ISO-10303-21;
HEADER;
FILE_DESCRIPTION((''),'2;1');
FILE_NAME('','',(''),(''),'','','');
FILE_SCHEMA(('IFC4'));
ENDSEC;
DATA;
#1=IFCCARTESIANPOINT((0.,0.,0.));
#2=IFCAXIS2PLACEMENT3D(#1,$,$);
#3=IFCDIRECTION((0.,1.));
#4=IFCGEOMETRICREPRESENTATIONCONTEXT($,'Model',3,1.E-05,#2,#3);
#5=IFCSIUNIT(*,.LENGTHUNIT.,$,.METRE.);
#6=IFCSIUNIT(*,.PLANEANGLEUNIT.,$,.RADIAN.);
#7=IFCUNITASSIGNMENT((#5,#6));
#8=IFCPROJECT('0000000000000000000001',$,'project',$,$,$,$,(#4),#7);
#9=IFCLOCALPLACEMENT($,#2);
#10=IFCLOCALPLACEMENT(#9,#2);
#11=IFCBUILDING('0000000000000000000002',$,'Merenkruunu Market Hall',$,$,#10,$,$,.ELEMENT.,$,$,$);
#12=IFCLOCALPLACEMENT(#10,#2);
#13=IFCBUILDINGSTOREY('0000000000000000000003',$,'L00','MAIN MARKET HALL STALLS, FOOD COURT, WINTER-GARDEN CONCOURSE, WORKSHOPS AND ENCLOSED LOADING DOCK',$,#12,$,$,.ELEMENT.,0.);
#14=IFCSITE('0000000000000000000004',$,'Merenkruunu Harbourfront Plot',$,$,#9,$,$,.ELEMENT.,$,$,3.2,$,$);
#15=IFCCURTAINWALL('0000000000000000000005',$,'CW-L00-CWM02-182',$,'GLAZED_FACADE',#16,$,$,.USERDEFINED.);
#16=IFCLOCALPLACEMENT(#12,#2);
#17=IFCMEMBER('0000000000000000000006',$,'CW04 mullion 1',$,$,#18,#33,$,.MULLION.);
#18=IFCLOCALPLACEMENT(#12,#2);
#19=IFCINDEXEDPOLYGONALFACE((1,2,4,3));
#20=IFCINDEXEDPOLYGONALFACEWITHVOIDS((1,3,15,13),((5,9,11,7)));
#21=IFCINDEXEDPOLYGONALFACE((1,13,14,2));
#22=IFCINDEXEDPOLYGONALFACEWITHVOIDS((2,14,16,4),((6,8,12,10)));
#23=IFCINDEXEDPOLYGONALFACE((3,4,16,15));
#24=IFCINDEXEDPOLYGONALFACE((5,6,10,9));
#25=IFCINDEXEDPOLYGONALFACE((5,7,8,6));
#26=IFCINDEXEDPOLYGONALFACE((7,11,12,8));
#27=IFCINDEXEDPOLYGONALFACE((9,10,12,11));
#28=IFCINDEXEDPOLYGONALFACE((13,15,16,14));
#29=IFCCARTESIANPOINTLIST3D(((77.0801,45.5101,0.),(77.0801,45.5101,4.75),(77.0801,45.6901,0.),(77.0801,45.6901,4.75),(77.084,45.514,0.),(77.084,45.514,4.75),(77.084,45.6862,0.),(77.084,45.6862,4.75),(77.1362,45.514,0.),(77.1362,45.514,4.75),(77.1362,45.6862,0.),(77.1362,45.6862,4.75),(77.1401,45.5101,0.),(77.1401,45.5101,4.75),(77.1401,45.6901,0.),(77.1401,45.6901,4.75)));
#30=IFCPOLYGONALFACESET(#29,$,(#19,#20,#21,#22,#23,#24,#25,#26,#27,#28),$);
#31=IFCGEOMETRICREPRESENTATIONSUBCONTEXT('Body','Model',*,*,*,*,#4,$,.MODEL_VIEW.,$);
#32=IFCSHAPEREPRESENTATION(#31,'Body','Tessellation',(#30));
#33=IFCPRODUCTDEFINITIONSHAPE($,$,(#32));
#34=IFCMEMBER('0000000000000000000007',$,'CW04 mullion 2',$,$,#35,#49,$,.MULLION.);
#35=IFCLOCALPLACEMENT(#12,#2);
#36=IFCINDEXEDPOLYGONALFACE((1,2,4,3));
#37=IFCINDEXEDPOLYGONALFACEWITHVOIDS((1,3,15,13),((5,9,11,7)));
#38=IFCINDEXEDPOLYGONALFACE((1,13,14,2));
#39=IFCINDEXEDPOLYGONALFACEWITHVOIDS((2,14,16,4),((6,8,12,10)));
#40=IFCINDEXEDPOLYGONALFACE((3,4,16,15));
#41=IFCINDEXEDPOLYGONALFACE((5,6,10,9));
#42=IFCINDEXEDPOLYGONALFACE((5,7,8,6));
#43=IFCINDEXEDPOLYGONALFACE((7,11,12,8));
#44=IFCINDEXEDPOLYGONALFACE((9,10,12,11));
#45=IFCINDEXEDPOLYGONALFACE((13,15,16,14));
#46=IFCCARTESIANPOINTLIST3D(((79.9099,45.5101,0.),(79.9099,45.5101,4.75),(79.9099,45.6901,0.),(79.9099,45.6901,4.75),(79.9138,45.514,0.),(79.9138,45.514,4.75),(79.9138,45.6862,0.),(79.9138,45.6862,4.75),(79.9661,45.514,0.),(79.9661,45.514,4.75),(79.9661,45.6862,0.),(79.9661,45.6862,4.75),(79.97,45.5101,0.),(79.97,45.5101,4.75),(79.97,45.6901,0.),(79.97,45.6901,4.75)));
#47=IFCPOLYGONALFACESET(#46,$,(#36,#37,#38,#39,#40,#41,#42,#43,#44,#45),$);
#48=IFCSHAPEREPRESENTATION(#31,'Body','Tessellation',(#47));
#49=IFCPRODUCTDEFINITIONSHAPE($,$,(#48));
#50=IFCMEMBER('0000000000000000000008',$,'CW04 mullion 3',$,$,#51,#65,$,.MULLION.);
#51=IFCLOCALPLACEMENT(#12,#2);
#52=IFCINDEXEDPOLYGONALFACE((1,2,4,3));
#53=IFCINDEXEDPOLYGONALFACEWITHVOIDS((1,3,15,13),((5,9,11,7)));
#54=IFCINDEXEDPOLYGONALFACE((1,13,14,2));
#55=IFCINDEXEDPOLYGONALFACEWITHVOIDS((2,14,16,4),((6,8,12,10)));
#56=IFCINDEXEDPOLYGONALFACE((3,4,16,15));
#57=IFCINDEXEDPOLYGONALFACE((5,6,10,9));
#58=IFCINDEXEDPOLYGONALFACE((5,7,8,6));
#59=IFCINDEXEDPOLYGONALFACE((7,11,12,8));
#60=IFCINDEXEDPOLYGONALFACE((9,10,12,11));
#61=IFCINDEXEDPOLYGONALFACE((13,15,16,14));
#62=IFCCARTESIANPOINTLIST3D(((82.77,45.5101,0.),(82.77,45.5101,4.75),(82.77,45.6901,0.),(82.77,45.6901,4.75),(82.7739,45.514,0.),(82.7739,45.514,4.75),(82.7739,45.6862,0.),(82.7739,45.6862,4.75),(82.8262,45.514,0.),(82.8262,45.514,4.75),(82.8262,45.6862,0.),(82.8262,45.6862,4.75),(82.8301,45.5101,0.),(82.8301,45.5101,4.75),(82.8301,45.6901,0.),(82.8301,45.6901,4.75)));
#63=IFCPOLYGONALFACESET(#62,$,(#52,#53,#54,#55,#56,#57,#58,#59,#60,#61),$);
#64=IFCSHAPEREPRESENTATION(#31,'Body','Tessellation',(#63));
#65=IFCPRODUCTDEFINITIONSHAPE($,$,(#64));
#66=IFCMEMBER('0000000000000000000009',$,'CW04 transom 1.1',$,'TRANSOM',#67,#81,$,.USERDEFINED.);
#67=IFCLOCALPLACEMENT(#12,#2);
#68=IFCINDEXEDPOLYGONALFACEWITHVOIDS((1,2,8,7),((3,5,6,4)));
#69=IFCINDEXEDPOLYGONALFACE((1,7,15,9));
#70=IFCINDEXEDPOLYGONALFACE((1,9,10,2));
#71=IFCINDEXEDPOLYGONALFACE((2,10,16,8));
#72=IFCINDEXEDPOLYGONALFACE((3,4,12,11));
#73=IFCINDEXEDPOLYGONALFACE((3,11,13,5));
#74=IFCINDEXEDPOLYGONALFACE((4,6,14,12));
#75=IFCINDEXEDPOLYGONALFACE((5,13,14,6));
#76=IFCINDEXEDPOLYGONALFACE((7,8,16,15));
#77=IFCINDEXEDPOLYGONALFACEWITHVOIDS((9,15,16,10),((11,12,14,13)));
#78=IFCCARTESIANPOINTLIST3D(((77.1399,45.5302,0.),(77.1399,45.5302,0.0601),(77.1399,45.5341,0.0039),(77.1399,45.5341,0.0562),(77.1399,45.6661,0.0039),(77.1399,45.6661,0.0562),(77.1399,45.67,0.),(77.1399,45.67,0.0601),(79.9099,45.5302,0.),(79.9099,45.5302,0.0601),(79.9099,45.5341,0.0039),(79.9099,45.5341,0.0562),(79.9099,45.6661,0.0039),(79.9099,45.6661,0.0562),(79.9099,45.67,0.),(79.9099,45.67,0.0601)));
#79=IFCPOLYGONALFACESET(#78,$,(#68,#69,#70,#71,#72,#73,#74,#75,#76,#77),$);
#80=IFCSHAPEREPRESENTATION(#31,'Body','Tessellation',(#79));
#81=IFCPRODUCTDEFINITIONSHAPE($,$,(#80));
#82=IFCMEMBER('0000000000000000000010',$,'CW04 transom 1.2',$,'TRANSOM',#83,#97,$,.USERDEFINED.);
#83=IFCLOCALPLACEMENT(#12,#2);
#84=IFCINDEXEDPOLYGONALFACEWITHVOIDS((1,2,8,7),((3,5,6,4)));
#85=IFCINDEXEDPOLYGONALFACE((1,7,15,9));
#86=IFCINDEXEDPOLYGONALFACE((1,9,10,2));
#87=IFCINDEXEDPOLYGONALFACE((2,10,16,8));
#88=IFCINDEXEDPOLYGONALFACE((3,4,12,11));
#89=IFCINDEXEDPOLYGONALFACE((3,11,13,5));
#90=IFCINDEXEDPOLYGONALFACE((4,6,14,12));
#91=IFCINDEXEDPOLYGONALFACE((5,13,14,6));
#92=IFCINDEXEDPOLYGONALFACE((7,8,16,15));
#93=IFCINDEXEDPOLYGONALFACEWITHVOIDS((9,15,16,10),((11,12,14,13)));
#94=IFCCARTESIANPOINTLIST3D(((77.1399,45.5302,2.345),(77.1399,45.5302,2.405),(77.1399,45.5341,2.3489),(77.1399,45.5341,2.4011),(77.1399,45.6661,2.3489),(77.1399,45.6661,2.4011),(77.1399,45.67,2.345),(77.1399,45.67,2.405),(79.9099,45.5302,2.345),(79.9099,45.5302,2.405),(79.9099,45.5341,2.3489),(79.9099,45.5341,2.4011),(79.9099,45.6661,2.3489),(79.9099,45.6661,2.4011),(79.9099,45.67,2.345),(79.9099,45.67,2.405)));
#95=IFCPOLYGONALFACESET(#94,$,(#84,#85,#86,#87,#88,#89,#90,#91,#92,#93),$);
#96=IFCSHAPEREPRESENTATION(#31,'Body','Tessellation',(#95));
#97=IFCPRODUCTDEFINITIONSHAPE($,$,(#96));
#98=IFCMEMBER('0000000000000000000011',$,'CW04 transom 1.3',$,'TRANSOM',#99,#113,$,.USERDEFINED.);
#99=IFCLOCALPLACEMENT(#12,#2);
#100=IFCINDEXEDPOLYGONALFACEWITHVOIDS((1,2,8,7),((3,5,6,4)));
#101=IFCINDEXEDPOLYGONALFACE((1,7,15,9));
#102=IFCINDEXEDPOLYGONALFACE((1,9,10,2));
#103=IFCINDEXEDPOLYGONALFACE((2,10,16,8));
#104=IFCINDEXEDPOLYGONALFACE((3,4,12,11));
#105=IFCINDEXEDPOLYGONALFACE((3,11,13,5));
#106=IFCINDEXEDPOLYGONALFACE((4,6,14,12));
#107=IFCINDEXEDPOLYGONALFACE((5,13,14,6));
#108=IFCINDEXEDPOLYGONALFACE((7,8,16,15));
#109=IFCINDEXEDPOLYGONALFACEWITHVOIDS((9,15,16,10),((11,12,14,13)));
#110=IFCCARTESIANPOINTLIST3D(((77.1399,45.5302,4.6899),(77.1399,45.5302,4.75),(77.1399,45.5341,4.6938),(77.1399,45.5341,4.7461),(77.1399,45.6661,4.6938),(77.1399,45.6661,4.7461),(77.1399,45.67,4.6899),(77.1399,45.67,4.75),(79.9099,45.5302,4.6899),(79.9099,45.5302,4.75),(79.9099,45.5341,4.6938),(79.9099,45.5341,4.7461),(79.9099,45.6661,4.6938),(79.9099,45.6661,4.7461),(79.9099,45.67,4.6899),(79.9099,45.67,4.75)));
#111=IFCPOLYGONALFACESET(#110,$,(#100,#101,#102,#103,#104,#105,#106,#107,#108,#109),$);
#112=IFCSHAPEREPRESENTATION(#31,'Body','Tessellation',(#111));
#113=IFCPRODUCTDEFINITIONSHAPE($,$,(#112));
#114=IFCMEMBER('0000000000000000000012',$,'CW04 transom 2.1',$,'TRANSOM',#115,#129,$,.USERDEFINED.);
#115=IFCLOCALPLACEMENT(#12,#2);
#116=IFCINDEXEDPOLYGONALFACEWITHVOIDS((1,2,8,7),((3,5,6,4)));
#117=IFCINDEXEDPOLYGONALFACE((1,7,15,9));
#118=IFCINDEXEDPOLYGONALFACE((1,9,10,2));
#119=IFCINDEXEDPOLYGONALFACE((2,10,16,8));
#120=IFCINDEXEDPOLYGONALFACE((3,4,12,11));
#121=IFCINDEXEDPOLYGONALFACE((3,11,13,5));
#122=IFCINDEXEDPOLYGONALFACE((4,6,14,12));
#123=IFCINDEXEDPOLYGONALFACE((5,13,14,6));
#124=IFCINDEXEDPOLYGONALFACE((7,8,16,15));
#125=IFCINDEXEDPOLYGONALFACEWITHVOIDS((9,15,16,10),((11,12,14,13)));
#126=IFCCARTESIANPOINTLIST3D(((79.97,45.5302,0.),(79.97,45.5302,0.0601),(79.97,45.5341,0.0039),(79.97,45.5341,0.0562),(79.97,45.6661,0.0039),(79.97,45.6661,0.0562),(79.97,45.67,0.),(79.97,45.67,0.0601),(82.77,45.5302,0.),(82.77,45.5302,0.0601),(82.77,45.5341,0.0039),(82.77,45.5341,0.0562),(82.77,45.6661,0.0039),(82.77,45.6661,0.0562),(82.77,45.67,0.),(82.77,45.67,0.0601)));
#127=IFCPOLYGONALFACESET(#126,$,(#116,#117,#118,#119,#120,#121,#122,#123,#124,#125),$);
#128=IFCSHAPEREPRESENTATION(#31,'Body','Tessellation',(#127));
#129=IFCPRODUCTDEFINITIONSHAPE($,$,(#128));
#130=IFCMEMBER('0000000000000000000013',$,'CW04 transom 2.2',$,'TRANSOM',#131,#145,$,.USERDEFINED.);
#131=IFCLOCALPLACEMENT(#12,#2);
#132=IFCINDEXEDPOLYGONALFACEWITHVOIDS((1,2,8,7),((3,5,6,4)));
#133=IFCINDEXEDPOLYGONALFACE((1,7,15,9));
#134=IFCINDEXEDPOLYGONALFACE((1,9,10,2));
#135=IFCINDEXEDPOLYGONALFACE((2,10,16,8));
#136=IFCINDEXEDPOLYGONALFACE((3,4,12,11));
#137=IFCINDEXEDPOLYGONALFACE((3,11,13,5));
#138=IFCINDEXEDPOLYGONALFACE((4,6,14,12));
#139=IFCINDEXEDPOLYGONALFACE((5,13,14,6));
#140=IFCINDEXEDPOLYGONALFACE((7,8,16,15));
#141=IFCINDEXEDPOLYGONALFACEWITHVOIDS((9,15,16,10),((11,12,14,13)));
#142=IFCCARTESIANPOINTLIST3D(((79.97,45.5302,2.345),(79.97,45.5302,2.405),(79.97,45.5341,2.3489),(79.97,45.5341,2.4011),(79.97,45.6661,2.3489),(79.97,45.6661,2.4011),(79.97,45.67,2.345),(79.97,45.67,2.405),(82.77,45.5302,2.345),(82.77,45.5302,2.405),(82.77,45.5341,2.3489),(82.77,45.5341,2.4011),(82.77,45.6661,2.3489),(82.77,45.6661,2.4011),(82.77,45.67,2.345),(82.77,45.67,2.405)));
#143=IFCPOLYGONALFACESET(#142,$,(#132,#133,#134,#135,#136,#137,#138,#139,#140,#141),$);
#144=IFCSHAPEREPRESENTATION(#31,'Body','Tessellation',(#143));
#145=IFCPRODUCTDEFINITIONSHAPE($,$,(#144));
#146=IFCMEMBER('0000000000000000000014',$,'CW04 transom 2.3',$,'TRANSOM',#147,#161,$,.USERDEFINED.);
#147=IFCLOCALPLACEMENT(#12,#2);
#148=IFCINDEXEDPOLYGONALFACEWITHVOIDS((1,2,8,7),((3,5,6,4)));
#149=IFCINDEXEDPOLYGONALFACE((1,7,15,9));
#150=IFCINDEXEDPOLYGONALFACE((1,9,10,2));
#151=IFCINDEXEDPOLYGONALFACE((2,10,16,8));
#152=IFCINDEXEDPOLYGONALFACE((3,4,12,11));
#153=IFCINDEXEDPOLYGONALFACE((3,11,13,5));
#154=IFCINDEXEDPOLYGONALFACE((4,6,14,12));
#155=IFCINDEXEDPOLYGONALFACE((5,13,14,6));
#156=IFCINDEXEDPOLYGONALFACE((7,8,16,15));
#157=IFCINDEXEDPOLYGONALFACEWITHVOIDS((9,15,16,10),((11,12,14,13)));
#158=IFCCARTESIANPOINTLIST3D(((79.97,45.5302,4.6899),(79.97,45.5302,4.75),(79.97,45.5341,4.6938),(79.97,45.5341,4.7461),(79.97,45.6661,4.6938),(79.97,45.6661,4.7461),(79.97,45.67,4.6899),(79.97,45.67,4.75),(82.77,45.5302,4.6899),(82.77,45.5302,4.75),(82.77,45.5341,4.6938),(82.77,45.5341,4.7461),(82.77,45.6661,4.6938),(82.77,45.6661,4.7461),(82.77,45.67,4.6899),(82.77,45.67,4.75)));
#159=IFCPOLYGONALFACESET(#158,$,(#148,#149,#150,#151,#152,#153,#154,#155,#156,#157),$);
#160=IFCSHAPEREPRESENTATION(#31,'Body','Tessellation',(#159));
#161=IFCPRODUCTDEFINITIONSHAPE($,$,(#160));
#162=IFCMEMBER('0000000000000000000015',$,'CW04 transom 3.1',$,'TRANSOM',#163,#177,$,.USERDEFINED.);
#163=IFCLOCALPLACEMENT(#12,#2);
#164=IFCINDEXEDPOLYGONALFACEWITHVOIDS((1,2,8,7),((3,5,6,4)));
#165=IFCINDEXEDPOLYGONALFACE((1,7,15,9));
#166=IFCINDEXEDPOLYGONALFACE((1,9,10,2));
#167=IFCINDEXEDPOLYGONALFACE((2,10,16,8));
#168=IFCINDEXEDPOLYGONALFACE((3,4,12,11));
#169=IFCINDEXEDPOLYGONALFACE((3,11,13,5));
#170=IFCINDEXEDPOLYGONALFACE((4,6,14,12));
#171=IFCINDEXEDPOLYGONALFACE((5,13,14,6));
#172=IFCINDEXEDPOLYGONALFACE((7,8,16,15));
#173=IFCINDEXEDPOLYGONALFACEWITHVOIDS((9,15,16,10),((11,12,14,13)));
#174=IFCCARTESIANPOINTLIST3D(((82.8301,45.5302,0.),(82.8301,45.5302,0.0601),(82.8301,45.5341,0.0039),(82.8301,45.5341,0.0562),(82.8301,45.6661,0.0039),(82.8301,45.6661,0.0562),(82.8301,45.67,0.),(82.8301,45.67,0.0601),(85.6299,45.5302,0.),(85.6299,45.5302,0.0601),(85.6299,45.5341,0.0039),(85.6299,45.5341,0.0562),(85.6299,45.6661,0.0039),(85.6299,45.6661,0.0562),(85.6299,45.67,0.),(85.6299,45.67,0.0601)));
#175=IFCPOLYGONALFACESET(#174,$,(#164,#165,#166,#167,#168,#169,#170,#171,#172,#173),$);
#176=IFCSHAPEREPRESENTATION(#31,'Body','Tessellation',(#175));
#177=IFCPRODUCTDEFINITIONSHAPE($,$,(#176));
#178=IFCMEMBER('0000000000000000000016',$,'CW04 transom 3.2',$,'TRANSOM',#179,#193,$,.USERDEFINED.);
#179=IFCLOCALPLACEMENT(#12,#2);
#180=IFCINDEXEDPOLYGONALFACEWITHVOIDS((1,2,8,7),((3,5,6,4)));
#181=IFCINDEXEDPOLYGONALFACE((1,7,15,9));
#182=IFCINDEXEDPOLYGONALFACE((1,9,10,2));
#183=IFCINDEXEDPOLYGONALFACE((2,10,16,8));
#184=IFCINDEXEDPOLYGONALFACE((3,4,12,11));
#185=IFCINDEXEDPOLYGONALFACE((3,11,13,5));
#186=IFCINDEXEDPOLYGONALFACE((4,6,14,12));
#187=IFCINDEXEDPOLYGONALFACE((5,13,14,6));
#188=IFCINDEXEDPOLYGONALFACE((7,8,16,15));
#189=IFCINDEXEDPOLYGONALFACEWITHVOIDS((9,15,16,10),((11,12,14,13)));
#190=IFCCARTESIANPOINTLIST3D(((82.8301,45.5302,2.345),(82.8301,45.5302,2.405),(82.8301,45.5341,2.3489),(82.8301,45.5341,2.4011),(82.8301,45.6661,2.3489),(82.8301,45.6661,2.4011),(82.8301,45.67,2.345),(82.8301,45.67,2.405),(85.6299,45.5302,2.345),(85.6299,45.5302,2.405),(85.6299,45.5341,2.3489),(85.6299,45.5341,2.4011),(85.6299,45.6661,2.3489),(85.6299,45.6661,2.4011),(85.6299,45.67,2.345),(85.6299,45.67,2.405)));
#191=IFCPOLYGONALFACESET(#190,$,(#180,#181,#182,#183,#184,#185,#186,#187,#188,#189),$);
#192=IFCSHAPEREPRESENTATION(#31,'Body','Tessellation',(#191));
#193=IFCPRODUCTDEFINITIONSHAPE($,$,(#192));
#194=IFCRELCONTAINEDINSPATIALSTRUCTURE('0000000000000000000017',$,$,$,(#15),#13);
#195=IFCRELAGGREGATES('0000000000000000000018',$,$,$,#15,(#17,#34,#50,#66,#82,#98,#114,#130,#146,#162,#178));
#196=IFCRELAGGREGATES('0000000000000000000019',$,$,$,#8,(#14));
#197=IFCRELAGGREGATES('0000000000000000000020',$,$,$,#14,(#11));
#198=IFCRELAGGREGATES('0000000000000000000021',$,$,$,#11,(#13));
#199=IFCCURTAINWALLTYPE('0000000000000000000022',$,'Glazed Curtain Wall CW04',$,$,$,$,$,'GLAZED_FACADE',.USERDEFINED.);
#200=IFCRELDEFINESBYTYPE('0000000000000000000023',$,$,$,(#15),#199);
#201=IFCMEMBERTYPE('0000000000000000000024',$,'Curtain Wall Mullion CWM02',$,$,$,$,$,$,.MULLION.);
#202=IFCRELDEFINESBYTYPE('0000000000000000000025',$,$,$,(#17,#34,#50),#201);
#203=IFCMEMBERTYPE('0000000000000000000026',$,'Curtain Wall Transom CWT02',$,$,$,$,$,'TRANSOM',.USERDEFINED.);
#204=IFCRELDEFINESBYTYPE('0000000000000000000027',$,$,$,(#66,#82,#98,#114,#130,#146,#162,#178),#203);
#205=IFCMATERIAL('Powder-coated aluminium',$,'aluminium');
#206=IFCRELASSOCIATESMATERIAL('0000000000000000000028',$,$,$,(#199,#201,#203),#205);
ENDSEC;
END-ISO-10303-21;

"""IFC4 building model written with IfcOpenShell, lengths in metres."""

from ifc_helpers import new_model, si_unit, direction, frame, origin, origin_2d, place, context, subcontext, project, spatial, hollow_rectangle, extrude, material, material_profile, profile_set, type_object, element, aggregate, save


model = new_model("IFC4")

# Units and contexts
model_context = context("Model", 3, precision=1e-05, world=origin(), true_north=direction((0.0, 1.0)))
body_context = subcontext(model_context, "Body", "Model", "MODEL_VIEW")
ifc_project = project(units=[si_unit("LENGTHUNIT", "METRE"), si_unit("PLANEANGLEUNIT", "RADIAN")], contexts=[model_context])

# Site, building, storey
site_placement = place(None, origin())
site = spatial("IfcSite", under=ifc_project, at=site_placement, Name="Merenkruunu Harbourfront Plot", CompositionType="ELEMENT", RefElevation=3.2)
building_placement = place(site_placement, origin())
building = spatial("IfcBuilding", under=site, at=building_placement, Name="Merenkruunu Market Hall", CompositionType="ELEMENT")
storey_placement = place(building_placement, origin())
storey = spatial("IfcBuildingStorey", under=building, at=storey_placement, Name="L00", Description="MAIN MARKET HALL STALLS, FOOD COURT, WINTER-GARDEN CONCOURSE, WORKSHOPS AND ENCLOSED LOADING DOCK", CompositionType="ELEMENT", Elevation=0.0)

# Curtain wall, members
ifc_material_1 = material(Name="Powder-coated aluminium", Category="aluminium")
curtain_wall_type = type_object("IfcCurtainWallType", Name="Glazed Curtain Wall CW04", ElementType="GLAZED_FACADE", PredefinedType="USERDEFINED", material=ifc_material_1)
curtain_wall_placement = place(storey_placement, origin())
curtain_wall = element("IfcCurtainWall", 1, at=curtain_wall_placement, inside=storey, type_object=curtain_wall_type, Name="CW-L00-CWM02-182", ObjectType="GLAZED_FACADE", PredefinedType="USERDEFINED")
ifc_material_profile_1 = material_profile(ifc_material_1, hollow_rectangle(XDim=0.0601, YDim=0.1799, WallThickness=0.0039, at=origin_2d()), Name="ALU 60x180x4")
ifc_profile_set_1 = profile_set([ifc_material_profile_1], Name="Powder-coated aluminium")
member_type_1 = type_object("IfcMemberType", Name="Curtain Wall Mullion CWM02", PredefinedType="MULLION", material=ifc_profile_set_1)
member_1_placement = place(storey_placement, frame((77.1101, 45.6001, 0.0), z_axis=(0.0, 0.0, 1.0), x_axis=(1.0, 0.0, 0.0)))
member_1 = element("IfcMember", 2, at=member_1_placement, type_object=member_type_1, Name="CW04 mullion 1", PredefinedType="MULLION", context=body_context, shape_type="SweptSolid", body=[
    extrude(hollow_rectangle(XDim=0.0601, YDim=0.1799, WallThickness=0.0039, at=origin_2d()), origin(), (0.0, 0.0, 1.0), 4.75),
])
member_2_placement = place(storey_placement, frame((79.9399, 45.6001, 0.0), z_axis=(0.0, 0.0, 1.0), x_axis=(1.0, 0.0, 0.0)))
member_2 = element("IfcMember", 3, at=member_2_placement, type_object=member_type_1, Name="CW04 mullion 2", PredefinedType="MULLION", context=body_context, shape_type="SweptSolid", body=[
    extrude(hollow_rectangle(XDim=0.0601, YDim=0.1799, WallThickness=0.0039, at=origin_2d()), origin(), (0.0, 0.0, 1.0), 4.75),
])
member_3_placement = place(storey_placement, frame((82.8, 45.6001, 0.0), z_axis=(0.0, 0.0, 1.0), x_axis=(1.0, 0.0, 0.0)))
member_3 = element("IfcMember", 4, at=member_3_placement, type_object=member_type_1, Name="CW04 mullion 3", PredefinedType="MULLION", context=body_context, shape_type="SweptSolid", body=[
    extrude(hollow_rectangle(XDim=0.0601, YDim=0.1799, WallThickness=0.0039, at=origin_2d()), origin(), (0.0, 0.0, 1.0), 4.75),
])
ifc_material_profile_2 = material_profile(ifc_material_1, hollow_rectangle(XDim=0.0601, YDim=0.1399, WallThickness=0.0039, at=origin_2d()), Name="ALU 60x140x4")
ifc_profile_set_2 = profile_set([ifc_material_profile_2], Name="Powder-coated aluminium")
member_type_2 = type_object("IfcMemberType", Name="Curtain Wall Transom CWT02", ElementType="TRANSOM", PredefinedType="USERDEFINED", material=ifc_profile_set_2)
member_4_placement = place(storey_placement, frame((77.1399, 45.6001, 0.03), z_axis=(1.0, 0.0, 0.0), x_axis=(0.0, 0.0, 1.0)))
member_4 = element("IfcMember", 5, at=member_4_placement, type_object=member_type_2, Name="CW04 transom 1.1", ObjectType="TRANSOM", PredefinedType="USERDEFINED", context=body_context, shape_type="SweptSolid", body=[
    extrude(hollow_rectangle(XDim=0.0601, YDim=0.1399, WallThickness=0.0039, at=origin_2d()), origin(), (0.0, 0.0, 1.0), 2.77),
])
member_5_placement = place(storey_placement, frame((77.1399, 45.6001, 2.375), z_axis=(1.0, 0.0, 0.0), x_axis=(0.0, 0.0, 1.0)))
member_5 = element("IfcMember", 6, at=member_5_placement, type_object=member_type_2, Name="CW04 transom 1.2", ObjectType="TRANSOM", PredefinedType="USERDEFINED", context=body_context, shape_type="SweptSolid", body=[
    extrude(hollow_rectangle(XDim=0.0601, YDim=0.1399, WallThickness=0.0039, at=origin_2d()), origin(), (0.0, 0.0, 1.0), 2.77),
])
member_6_placement = place(storey_placement, frame((77.1399, 45.6001, 4.72), z_axis=(1.0, 0.0, 0.0), x_axis=(0.0, 0.0, 1.0)))
member_6 = element("IfcMember", 7, at=member_6_placement, type_object=member_type_2, Name="CW04 transom 1.3", ObjectType="TRANSOM", PredefinedType="USERDEFINED", context=body_context, shape_type="SweptSolid", body=[
    extrude(hollow_rectangle(XDim=0.0601, YDim=0.1399, WallThickness=0.0039, at=origin_2d()), origin(), (0.0, 0.0, 1.0), 2.77),
])
member_7_placement = place(storey_placement, frame((79.97, 45.6001, 0.03), z_axis=(1.0, 0.0, 0.0), x_axis=(0.0, 0.0, 1.0)))
member_7 = element("IfcMember", 8, at=member_7_placement, type_object=member_type_2, Name="CW04 transom 2.1", ObjectType="TRANSOM", PredefinedType="USERDEFINED", context=body_context, shape_type="SweptSolid", body=[
    extrude(hollow_rectangle(XDim=0.0601, YDim=0.1399, WallThickness=0.0039, at=origin_2d()), origin(), (0.0, 0.0, 1.0), 2.8),
])
member_8_placement = place(storey_placement, frame((79.97, 45.6001, 2.375), z_axis=(1.0, 0.0, 0.0), x_axis=(0.0, 0.0, 1.0)))
member_8 = element("IfcMember", 9, at=member_8_placement, type_object=member_type_2, Name="CW04 transom 2.2", ObjectType="TRANSOM", PredefinedType="USERDEFINED", context=body_context, shape_type="SweptSolid", body=[
    extrude(hollow_rectangle(XDim=0.0601, YDim=0.1399, WallThickness=0.0039, at=origin_2d()), origin(), (0.0, 0.0, 1.0), 2.8),
])
member_9_placement = place(storey_placement, frame((79.97, 45.6001, 4.72), z_axis=(1.0, 0.0, 0.0), x_axis=(0.0, 0.0, 1.0)))
member_9 = element("IfcMember", 10, at=member_9_placement, type_object=member_type_2, Name="CW04 transom 2.3", ObjectType="TRANSOM", PredefinedType="USERDEFINED", context=body_context, shape_type="SweptSolid", body=[
    extrude(hollow_rectangle(XDim=0.0601, YDim=0.1399, WallThickness=0.0039, at=origin_2d()), origin(), (0.0, 0.0, 1.0), 2.8),
])
member_10_placement = place(storey_placement, frame((82.8301, 45.6001, 0.03), z_axis=(1.0, 0.0, 0.0), x_axis=(0.0, 0.0, 1.0)))
member_10 = element("IfcMember", 11, at=member_10_placement, type_object=member_type_2, Name="CW04 transom 3.1", ObjectType="TRANSOM", PredefinedType="USERDEFINED", context=body_context, shape_type="SweptSolid", body=[
    extrude(hollow_rectangle(XDim=0.0601, YDim=0.1399, WallThickness=0.0039, at=origin_2d()), origin(), (0.0, 0.0, 1.0), 2.7998),
])
member_11_placement = place(storey_placement, frame((82.8301, 45.6001, 2.375), z_axis=(1.0, 0.0, 0.0), x_axis=(0.0, 0.0, 1.0)))
member_11 = element("IfcMember", 12, at=member_11_placement, type_object=member_type_2, Name="CW04 transom 3.2", ObjectType="TRANSOM", PredefinedType="USERDEFINED", context=body_context, shape_type="SweptSolid", body=[
    extrude(hollow_rectangle(XDim=0.0601, YDim=0.1399, WallThickness=0.0039, at=origin_2d()), origin(), (0.0, 0.0, 1.0), 2.7998),
])

aggregate(curtain_wall, [member_1, member_2, member_3, member_4, member_5, member_6, member_7, member_8, member_9, member_10, member_11])

save(model, "model.ifc")
